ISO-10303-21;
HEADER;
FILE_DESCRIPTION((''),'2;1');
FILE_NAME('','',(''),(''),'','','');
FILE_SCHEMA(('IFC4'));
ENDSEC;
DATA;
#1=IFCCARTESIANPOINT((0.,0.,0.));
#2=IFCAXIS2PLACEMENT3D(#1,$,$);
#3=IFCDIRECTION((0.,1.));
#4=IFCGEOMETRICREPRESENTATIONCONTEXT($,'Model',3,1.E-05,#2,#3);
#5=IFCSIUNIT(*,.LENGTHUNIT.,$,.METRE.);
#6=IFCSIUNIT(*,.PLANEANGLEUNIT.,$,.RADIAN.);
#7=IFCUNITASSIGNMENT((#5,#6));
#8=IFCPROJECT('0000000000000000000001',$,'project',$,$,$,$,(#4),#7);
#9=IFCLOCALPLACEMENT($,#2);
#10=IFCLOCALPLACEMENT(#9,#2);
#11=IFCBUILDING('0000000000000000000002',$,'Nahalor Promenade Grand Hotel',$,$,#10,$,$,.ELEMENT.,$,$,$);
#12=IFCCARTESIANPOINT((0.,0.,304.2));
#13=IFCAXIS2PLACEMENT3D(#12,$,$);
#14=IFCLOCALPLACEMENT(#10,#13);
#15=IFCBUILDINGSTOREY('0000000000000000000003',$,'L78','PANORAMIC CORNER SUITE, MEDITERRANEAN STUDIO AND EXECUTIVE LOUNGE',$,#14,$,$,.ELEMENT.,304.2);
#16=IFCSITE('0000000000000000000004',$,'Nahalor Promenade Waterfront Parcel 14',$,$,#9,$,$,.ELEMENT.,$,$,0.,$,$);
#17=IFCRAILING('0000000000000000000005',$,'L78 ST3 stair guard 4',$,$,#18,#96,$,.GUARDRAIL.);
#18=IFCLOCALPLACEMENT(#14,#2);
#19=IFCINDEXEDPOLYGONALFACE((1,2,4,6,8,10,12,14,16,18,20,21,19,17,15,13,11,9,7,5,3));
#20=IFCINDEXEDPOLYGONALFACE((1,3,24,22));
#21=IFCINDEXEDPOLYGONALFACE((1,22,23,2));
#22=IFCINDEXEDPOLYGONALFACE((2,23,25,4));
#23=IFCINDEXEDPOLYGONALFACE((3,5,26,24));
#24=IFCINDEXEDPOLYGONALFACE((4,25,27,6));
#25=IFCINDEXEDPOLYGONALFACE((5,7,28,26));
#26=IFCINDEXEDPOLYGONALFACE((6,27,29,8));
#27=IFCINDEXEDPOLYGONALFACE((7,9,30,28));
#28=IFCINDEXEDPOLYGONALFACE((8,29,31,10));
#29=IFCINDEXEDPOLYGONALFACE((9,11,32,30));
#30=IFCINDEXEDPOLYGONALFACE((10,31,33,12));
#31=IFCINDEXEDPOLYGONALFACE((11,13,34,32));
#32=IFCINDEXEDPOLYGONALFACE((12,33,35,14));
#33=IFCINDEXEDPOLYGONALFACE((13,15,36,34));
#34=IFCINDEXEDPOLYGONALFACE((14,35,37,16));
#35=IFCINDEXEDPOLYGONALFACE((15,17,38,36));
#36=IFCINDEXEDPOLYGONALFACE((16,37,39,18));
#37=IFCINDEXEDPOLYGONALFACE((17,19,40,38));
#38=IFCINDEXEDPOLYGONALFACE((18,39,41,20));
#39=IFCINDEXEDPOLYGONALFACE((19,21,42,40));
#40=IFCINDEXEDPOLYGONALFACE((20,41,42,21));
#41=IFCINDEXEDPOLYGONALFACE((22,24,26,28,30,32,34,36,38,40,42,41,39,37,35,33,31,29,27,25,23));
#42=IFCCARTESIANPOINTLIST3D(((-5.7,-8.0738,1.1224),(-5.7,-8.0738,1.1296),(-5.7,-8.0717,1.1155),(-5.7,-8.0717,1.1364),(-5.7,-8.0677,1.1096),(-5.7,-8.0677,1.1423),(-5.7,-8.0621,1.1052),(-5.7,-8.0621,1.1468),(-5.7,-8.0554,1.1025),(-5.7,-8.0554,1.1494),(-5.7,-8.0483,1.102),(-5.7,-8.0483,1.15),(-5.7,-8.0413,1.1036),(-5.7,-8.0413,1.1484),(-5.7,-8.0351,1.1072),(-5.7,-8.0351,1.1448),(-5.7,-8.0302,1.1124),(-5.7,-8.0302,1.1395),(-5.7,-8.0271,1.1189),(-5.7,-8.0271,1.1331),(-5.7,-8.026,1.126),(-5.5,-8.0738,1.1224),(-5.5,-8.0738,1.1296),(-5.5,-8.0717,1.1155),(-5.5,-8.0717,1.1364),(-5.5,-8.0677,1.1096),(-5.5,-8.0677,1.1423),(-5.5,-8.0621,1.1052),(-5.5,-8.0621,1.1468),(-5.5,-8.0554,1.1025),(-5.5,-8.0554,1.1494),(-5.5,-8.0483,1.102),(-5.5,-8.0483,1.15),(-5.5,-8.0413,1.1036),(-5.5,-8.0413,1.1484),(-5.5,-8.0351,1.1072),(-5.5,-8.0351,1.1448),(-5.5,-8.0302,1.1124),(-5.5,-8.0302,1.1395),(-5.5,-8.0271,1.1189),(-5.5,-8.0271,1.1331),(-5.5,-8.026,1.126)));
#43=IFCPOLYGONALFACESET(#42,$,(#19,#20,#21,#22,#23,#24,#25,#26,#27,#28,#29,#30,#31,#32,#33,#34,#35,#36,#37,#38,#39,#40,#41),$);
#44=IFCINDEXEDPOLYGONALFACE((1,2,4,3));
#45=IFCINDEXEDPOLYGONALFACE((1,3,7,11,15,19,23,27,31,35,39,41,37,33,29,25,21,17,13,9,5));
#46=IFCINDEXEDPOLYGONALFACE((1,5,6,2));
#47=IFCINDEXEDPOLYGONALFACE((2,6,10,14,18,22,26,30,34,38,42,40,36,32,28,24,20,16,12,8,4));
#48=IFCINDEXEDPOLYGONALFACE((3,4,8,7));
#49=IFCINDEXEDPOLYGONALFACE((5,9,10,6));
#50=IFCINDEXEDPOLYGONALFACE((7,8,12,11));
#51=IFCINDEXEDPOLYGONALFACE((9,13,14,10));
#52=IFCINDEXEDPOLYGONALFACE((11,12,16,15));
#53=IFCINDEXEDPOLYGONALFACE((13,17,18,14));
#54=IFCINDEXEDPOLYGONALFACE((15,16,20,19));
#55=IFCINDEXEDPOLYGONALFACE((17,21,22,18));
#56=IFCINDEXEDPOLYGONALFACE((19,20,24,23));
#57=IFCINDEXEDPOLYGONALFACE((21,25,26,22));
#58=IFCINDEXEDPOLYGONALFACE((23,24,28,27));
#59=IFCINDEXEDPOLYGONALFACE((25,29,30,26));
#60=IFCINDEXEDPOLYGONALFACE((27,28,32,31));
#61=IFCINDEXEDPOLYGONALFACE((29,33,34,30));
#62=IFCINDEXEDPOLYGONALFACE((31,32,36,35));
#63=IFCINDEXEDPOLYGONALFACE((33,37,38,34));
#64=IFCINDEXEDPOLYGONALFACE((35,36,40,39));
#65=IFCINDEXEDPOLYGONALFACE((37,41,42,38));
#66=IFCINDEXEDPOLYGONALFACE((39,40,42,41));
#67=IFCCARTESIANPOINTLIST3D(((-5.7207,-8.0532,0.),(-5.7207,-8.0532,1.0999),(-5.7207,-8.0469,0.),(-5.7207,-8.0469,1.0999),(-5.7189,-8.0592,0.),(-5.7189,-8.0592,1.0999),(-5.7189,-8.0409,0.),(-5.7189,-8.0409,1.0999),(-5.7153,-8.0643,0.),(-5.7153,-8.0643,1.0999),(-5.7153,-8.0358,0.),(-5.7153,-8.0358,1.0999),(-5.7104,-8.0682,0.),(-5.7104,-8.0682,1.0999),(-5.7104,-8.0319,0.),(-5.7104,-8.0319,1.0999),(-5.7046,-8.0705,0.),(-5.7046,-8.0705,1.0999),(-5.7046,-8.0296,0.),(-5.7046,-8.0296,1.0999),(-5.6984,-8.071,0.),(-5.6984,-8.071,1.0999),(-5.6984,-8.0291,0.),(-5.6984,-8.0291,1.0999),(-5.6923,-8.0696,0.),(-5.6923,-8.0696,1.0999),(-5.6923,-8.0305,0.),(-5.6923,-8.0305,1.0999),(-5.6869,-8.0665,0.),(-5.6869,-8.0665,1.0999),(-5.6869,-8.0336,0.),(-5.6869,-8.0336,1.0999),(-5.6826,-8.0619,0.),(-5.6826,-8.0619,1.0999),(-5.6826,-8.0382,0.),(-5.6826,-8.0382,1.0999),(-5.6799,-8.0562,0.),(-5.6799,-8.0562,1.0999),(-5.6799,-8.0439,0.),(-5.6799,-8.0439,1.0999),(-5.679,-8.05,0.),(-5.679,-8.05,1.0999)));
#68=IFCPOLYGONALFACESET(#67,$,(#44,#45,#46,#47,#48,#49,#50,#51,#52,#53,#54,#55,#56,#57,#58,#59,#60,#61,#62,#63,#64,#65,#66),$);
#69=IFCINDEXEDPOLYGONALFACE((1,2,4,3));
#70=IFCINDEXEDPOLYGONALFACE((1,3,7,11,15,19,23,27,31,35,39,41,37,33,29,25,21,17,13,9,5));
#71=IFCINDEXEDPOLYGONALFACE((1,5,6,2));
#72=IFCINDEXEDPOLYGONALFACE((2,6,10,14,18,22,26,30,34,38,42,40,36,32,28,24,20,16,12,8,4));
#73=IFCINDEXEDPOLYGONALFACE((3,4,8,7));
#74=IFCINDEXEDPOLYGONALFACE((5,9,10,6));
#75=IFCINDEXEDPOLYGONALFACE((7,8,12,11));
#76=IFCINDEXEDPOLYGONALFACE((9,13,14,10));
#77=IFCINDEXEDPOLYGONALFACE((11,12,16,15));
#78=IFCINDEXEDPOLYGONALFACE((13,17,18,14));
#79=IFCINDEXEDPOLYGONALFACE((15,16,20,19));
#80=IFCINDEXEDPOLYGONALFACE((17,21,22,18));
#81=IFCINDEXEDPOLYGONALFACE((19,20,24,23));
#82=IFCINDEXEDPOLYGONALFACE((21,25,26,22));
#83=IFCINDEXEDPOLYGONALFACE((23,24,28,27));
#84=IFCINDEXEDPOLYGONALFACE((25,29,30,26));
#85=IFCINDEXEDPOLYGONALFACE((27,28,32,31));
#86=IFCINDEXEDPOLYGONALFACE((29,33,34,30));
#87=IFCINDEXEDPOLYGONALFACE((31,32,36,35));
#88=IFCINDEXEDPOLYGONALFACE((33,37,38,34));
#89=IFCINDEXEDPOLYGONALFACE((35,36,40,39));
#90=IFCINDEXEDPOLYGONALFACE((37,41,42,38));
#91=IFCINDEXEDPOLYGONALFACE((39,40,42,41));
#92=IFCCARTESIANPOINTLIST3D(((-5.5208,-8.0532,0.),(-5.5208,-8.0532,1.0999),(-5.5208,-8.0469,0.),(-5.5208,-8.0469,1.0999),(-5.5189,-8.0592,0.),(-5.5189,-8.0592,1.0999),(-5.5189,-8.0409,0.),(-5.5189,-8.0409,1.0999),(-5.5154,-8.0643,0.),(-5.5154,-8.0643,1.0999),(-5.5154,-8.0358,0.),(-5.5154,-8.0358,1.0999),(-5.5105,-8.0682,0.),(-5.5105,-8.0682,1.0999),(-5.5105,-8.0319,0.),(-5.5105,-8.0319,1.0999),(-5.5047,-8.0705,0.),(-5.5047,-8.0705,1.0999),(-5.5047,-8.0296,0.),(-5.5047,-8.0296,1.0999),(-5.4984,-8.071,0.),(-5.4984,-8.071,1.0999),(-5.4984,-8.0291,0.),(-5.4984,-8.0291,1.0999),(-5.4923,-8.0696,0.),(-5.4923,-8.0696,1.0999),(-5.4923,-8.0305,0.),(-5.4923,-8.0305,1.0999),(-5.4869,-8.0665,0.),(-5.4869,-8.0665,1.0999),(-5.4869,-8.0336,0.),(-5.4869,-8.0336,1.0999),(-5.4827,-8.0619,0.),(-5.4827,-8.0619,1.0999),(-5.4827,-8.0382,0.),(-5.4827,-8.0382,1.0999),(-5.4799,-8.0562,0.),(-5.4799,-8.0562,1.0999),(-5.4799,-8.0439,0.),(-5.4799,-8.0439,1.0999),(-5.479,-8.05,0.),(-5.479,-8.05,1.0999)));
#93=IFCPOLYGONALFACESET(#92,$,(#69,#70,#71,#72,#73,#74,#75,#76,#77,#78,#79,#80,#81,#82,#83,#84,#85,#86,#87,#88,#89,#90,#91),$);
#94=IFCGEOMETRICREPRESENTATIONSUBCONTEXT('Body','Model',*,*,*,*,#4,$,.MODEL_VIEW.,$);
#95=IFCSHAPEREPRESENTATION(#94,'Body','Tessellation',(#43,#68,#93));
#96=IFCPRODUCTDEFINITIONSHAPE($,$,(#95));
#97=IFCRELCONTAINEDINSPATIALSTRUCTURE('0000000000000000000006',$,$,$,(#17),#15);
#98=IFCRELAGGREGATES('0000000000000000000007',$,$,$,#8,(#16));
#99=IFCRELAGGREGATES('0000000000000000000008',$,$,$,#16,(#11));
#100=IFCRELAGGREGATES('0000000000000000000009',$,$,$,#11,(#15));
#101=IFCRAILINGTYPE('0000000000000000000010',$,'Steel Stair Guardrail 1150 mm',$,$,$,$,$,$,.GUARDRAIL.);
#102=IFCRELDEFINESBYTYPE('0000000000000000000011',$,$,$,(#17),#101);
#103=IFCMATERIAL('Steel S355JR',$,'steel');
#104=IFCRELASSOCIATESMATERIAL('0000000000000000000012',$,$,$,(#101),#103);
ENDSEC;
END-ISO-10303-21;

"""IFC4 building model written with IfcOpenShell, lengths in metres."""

from ifc_helpers import new_model, si_unit, direction, frame, origin, origin_2d, place, context, subcontext, project, spatial, circle, extrude, material, type_object, element, save


model = new_model("IFC4")

# Units and contexts
model_context = context("Model", 3, precision=1e-05, world=origin(), true_north=direction((0.0, 1.0)))
body_context = subcontext(model_context, "Body", "Model", "MODEL_VIEW")
ifc_project = project(units=[si_unit("LENGTHUNIT", "METRE"), si_unit("PLANEANGLEUNIT", "RADIAN")], contexts=[model_context])

# Site, building, storey
site_placement = place(None, origin())
site = spatial("IfcSite", under=ifc_project, at=site_placement, Name="Nahalor Promenade Waterfront Parcel 14", CompositionType="ELEMENT", RefElevation=0.0)
building_placement = place(site_placement, origin())
building = spatial("IfcBuilding", under=site, at=building_placement, Name="Nahalor Promenade Grand Hotel", CompositionType="ELEMENT")
storey_placement = place(building_placement, frame((0.0, 0.0, 304.2)))
storey = spatial("IfcBuildingStorey", under=building, at=storey_placement, Name="L78", Description="PANORAMIC CORNER SUITE, MEDITERRANEAN STUDIO AND EXECUTIVE LOUNGE", CompositionType="ELEMENT", Elevation=304.2)

# Shared definitions
ifc_material_1 = material(Name="Steel S355JR", Category="steel")

# Railing
railing_type_1 = type_object("IfcRailingType", Name="Steel Stair Guardrail 1150 mm", PredefinedType="GUARDRAIL", material=ifc_material_1)
railing_1_placement = place(storey_placement, frame((-5.7, -8.05, 0.0)))
element("IfcRailing", 1, at=railing_1_placement, inside=storey, type_object=railing_type_1, Name="L78 ST3 stair guard 4", PredefinedType="GUARDRAIL", context=body_context, shape_type="SweptSolid", body=[
    extrude(circle(Radius=0.024, at=origin_2d()), frame((0.0, 0.0, 1.126), z_axis=(1.0, 0.0, 0.0), x_axis=(0.0, 1.0, 0.0)), (0.0, 0.0, 1.0), 0.2),
    extrude(circle(Radius=0.021, at=origin_2d()), origin(), (0.0, 0.0, 1.0), 1.0999),
    extrude(circle(Radius=0.021, at=origin_2d()), frame((0.2, 0.0, 0.0)), (0.0, 0.0, 1.0), 1.0999),
])

save(model, "model.ifc")
